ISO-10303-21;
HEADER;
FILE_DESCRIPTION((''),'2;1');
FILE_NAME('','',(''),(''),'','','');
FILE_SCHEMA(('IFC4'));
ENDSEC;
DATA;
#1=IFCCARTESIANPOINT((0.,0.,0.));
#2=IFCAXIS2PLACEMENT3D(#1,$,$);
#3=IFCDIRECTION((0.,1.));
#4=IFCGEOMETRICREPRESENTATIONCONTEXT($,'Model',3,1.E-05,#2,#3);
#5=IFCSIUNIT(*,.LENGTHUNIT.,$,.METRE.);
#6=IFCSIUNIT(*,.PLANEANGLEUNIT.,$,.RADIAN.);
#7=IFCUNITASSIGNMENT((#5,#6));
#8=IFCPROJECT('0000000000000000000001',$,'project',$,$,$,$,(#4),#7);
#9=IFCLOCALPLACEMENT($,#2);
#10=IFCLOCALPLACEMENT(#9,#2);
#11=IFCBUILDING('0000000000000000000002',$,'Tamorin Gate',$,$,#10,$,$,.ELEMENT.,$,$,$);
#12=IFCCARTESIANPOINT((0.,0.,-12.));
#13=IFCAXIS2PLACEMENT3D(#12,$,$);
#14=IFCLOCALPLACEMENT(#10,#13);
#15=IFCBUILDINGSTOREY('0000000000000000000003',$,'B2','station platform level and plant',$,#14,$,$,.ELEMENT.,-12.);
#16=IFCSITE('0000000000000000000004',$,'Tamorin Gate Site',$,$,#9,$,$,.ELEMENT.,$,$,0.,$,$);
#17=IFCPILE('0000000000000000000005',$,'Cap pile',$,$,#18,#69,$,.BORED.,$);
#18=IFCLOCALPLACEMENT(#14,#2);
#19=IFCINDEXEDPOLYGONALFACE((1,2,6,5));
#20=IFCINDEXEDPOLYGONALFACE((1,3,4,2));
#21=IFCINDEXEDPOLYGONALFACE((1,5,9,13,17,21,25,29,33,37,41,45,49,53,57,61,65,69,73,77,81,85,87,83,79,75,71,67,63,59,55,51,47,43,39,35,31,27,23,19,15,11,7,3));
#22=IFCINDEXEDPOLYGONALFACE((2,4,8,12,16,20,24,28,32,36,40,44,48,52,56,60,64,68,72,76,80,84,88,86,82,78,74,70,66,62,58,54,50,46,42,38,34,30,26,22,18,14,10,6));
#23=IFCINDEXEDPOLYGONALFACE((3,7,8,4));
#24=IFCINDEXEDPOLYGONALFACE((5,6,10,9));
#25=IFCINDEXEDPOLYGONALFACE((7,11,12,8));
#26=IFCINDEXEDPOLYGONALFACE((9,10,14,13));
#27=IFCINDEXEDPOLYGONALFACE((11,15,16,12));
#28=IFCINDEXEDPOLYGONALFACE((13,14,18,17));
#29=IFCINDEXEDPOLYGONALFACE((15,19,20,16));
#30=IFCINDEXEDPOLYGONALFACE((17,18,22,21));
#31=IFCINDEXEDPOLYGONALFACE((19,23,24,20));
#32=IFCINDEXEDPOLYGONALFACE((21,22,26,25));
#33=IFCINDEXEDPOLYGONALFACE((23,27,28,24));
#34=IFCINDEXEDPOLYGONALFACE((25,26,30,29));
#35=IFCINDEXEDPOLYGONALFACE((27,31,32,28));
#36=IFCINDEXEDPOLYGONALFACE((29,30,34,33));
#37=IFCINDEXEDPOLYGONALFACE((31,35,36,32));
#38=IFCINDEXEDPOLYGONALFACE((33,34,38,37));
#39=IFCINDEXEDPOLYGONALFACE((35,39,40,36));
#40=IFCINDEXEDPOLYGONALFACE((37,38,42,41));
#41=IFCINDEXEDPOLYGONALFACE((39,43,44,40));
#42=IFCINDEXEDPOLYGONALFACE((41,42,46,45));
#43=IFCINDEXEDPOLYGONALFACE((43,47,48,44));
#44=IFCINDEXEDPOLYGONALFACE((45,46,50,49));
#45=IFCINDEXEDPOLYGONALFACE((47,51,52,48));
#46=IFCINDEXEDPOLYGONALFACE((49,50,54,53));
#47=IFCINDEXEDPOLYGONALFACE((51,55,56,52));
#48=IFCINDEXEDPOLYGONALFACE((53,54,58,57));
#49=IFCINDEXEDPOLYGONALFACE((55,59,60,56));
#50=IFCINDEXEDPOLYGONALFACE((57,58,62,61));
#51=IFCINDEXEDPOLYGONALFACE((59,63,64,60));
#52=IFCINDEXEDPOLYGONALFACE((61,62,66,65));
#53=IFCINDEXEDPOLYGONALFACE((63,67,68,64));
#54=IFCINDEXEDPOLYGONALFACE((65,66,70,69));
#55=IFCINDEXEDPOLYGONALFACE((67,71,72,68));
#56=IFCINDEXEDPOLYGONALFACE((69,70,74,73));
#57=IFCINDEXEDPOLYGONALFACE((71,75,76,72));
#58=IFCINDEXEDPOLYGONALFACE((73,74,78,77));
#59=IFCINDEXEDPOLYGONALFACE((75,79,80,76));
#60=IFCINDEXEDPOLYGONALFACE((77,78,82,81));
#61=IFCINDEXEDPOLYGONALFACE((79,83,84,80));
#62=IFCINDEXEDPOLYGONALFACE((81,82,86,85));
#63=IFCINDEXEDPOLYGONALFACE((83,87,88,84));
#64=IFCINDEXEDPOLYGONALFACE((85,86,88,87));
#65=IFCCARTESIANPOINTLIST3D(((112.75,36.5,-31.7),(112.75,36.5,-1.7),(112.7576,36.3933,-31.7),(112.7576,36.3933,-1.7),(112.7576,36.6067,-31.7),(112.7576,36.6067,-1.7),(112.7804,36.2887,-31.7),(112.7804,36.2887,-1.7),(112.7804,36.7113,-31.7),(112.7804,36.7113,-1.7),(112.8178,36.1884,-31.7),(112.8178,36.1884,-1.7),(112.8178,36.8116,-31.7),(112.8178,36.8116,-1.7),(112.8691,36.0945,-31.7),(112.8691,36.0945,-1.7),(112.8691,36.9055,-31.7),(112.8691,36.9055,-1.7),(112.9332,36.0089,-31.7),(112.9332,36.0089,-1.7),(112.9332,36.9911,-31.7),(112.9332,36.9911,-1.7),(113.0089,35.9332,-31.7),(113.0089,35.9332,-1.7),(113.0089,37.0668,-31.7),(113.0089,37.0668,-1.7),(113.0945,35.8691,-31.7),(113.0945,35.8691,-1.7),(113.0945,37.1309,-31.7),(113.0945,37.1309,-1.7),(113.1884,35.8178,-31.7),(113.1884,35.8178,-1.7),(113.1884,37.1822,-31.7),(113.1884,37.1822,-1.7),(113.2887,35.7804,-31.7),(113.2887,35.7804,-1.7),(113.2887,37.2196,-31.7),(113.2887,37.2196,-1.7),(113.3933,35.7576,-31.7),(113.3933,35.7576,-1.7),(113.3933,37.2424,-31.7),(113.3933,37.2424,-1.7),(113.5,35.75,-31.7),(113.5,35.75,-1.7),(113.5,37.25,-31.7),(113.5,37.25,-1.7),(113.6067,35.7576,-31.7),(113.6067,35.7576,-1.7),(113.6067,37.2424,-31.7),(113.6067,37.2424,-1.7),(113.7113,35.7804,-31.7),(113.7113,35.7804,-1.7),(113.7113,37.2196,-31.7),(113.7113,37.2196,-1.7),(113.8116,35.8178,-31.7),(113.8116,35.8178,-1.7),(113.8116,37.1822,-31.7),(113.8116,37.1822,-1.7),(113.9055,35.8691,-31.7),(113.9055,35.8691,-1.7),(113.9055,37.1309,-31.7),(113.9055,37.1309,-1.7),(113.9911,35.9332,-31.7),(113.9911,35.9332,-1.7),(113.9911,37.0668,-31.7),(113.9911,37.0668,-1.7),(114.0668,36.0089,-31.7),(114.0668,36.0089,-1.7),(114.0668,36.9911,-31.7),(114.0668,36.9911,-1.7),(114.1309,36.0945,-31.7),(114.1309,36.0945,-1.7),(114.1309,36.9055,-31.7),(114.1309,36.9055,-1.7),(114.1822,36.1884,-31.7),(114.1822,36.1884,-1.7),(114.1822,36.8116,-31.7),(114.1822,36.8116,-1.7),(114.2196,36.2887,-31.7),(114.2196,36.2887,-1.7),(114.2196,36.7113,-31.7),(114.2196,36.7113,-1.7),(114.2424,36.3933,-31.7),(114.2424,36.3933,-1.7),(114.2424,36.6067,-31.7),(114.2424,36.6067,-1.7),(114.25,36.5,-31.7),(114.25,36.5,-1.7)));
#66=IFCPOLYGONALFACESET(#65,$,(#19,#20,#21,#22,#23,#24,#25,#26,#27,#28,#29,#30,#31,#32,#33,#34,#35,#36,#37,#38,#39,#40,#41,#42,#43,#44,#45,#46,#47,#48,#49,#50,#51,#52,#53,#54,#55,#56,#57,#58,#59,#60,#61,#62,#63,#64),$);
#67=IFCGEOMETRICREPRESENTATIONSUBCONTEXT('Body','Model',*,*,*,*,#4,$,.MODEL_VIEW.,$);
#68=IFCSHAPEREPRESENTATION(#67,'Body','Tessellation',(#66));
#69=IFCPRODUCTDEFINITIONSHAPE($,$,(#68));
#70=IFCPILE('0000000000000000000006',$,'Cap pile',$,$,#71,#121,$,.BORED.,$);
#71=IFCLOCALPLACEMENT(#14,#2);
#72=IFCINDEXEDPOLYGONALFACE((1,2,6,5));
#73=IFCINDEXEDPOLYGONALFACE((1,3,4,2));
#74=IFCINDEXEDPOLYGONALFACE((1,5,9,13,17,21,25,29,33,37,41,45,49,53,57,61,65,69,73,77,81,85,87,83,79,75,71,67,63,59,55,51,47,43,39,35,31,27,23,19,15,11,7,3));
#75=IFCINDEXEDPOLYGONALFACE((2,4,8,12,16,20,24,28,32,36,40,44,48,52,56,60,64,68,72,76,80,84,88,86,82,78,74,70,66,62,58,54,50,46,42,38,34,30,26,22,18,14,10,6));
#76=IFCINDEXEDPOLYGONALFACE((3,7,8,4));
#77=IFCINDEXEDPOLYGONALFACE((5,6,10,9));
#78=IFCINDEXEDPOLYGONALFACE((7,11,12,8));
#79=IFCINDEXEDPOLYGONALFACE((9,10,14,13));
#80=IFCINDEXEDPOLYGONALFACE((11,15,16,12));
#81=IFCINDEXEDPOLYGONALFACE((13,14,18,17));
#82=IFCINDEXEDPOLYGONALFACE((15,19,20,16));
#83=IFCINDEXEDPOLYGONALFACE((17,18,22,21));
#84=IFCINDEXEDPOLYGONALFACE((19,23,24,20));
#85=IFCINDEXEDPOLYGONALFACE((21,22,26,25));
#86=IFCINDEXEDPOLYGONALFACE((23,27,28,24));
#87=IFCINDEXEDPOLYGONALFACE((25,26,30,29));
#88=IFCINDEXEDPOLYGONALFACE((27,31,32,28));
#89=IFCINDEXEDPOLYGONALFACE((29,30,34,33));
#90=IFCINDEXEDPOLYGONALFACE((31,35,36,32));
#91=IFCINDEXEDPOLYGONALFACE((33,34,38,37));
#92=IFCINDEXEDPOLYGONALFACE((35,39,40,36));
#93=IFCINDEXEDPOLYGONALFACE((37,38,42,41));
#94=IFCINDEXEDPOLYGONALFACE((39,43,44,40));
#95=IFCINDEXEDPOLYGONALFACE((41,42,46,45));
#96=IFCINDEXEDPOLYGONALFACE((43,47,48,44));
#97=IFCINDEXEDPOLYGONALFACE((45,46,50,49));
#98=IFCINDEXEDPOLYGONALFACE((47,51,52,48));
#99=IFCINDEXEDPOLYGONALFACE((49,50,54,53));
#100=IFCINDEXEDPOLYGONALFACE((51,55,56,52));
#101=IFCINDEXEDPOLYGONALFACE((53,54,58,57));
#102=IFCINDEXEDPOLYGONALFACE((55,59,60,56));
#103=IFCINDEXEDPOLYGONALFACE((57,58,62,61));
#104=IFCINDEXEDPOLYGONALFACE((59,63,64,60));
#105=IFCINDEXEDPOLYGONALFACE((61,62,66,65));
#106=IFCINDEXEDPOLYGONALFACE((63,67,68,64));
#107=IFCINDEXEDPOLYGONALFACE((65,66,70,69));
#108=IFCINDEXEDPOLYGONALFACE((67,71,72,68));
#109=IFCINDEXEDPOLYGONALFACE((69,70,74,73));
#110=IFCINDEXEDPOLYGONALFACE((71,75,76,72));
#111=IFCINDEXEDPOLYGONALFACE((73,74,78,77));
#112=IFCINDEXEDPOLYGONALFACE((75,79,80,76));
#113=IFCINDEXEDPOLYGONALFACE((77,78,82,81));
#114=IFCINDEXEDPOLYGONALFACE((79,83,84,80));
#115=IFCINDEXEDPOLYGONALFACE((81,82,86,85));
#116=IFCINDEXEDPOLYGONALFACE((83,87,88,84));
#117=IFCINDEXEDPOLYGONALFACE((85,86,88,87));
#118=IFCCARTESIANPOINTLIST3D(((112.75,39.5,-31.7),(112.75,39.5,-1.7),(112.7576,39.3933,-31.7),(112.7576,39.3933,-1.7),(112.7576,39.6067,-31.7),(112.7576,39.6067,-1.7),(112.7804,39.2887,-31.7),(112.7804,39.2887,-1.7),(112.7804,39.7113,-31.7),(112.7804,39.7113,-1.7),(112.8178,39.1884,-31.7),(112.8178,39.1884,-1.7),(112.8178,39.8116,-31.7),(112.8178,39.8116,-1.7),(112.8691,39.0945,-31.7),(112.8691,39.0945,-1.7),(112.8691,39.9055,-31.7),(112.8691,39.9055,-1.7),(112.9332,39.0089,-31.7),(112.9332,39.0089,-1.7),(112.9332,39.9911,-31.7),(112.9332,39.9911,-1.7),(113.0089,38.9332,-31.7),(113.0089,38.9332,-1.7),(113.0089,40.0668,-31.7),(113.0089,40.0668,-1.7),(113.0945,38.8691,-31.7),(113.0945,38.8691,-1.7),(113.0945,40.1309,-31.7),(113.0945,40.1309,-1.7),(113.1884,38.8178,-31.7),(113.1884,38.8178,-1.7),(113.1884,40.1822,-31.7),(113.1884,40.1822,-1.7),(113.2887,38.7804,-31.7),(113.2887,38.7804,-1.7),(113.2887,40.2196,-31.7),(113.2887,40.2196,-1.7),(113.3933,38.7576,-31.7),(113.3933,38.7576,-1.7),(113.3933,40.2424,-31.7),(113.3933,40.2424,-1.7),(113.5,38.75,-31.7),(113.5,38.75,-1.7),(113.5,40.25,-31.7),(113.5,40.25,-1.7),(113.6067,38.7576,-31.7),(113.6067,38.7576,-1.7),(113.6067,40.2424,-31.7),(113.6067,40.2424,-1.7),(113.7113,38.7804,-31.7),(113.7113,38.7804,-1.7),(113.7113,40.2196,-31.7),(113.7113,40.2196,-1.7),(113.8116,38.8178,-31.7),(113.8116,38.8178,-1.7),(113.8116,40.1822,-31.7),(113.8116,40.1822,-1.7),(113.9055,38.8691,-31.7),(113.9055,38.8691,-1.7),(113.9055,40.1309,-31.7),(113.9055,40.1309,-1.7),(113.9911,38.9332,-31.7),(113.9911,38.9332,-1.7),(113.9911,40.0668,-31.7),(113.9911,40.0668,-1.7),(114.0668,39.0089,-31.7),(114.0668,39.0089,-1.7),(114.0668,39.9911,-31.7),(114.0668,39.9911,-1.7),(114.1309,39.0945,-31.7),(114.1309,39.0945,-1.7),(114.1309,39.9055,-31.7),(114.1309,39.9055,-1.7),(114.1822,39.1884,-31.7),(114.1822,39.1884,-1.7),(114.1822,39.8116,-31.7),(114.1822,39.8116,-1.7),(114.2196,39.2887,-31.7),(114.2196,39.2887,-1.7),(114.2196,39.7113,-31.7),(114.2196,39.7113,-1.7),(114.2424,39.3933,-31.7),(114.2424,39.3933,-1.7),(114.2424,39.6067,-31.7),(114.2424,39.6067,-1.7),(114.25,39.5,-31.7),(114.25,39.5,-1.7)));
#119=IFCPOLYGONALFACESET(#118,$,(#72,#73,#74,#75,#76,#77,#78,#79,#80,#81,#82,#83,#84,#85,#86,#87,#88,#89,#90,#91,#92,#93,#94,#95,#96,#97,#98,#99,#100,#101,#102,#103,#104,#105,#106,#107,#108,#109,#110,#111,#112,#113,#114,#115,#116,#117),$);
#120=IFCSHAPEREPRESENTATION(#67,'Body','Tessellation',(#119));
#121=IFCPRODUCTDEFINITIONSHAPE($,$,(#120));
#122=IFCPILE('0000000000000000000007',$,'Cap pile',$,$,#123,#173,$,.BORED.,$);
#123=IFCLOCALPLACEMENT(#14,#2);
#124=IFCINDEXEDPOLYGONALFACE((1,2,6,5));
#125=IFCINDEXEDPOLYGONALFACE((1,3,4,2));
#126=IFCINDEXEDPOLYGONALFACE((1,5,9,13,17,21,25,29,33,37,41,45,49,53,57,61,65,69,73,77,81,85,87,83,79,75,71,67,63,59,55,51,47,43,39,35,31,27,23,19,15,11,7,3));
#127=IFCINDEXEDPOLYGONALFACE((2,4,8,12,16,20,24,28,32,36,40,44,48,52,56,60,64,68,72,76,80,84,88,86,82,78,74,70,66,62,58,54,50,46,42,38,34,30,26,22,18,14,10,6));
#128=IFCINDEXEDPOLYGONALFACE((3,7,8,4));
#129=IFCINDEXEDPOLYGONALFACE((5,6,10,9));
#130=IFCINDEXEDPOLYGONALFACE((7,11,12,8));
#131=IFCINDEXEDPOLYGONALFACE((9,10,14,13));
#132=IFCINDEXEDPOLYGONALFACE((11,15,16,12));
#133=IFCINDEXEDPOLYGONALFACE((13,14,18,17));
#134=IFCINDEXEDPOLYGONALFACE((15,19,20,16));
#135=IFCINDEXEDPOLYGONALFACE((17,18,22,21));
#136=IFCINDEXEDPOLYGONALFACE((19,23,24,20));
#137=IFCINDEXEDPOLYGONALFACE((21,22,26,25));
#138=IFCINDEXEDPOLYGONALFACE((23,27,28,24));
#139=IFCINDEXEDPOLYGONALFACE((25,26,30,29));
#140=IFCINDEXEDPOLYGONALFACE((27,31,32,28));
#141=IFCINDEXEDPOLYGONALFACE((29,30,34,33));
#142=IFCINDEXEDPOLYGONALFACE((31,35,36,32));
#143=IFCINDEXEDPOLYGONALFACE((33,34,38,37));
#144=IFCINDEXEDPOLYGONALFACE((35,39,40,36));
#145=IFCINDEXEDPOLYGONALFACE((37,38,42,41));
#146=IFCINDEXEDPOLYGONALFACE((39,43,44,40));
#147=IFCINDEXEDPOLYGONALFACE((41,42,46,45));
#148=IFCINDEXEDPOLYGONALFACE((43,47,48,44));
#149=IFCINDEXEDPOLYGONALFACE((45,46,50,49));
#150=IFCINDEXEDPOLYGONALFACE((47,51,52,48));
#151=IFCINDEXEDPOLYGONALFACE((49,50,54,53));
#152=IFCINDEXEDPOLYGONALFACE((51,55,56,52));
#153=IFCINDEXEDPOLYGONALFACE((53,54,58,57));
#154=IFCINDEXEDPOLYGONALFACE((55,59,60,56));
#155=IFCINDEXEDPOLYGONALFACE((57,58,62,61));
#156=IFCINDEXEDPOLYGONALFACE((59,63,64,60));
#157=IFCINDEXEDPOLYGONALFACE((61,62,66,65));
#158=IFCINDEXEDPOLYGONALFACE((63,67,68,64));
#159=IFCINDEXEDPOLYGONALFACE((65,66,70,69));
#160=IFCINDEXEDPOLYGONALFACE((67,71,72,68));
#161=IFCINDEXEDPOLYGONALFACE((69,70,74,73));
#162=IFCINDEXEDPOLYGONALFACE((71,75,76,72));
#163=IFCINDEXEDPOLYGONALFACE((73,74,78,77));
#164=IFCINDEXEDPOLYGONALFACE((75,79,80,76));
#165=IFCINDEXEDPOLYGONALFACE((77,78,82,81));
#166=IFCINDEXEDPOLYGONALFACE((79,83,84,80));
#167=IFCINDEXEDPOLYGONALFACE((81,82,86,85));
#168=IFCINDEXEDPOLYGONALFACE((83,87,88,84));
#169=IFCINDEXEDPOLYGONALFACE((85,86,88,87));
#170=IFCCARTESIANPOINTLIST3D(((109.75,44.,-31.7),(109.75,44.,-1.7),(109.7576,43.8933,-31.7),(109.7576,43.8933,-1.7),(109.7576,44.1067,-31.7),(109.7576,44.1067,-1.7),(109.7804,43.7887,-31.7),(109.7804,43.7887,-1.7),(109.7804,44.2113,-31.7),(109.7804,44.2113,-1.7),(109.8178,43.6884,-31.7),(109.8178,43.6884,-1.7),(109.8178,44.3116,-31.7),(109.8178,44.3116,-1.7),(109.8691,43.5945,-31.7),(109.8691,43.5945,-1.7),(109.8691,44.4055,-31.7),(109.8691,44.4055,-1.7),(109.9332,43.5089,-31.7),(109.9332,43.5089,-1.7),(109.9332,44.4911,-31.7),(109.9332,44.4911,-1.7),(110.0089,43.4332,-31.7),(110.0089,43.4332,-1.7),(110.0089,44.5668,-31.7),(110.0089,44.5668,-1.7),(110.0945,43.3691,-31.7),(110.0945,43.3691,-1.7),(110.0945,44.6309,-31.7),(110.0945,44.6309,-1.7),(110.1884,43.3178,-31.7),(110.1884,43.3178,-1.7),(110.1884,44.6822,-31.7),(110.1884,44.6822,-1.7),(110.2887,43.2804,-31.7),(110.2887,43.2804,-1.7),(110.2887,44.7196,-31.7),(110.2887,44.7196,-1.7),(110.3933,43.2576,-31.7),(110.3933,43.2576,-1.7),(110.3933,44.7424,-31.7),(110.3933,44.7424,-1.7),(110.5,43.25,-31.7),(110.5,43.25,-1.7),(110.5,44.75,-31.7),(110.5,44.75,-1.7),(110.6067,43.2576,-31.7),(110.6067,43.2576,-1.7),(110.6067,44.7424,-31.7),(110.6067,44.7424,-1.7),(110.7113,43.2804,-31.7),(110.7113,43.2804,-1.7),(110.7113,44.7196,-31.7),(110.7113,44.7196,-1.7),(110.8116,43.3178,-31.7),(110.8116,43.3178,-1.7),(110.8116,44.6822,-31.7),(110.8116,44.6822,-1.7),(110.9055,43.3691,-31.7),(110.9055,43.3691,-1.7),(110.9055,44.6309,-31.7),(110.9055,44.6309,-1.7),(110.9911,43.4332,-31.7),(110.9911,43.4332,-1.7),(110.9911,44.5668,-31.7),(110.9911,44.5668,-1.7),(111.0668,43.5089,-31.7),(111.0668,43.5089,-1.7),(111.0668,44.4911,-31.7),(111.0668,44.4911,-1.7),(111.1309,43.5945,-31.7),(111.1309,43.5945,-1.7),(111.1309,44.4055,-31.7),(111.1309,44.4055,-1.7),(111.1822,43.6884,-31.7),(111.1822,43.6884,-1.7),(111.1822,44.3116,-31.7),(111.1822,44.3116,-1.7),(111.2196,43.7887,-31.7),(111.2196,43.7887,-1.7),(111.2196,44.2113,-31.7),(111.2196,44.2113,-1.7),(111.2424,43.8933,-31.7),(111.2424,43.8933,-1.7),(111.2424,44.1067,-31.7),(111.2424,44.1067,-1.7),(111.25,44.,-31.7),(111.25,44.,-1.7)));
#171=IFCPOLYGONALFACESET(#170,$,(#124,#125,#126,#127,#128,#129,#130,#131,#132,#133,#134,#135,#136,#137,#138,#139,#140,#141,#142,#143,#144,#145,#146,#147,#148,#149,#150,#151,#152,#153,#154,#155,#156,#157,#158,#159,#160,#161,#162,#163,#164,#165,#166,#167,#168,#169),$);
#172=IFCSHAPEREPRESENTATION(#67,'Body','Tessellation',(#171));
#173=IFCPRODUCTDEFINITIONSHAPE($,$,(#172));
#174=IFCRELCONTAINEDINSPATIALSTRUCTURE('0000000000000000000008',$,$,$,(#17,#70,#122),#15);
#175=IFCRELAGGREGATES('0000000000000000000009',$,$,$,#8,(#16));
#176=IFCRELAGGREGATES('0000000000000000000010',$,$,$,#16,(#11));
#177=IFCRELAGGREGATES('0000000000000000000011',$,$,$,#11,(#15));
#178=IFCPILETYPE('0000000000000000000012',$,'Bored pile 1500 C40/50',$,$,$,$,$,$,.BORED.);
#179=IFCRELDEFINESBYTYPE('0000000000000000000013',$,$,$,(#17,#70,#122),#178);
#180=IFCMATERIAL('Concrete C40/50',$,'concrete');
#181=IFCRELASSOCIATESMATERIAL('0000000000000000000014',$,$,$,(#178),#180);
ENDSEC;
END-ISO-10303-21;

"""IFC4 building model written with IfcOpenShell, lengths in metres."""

from ifc_helpers import new_model, si_unit, direction, frame, origin, origin_2d, place, context, subcontext, project, spatial, circle, extrude, material, material_profile, profile_set, type_object, element, save


model = new_model("IFC4")

# Units and contexts
model_context = context("Model", 3, precision=1e-05, world=origin(), true_north=direction((0.0, 1.0)))
body_context = subcontext(model_context, "Body", "Model", "MODEL_VIEW")
ifc_project = project(units=[si_unit("LENGTHUNIT", "METRE"), si_unit("PLANEANGLEUNIT", "RADIAN")], contexts=[model_context])

# Site, building, storey
site_placement = place(None, origin())
site = spatial("IfcSite", under=ifc_project, at=site_placement, Name="Tamorin Gate Site", CompositionType="ELEMENT", RefElevation=0.0)
building_placement = place(site_placement, origin())
building = spatial("IfcBuilding", under=site, at=building_placement, Name="Tamorin Gate", CompositionType="ELEMENT")
storey_placement = place(building_placement, frame((0.0, 0.0, -12.0)))
storey = spatial("IfcBuildingStorey", under=building, at=storey_placement, Name="B2", Description="station platform level and plant", CompositionType="ELEMENT", Elevation=-12.0)

# Piles
ifc_material_1 = material(Name="Concrete C40/50", Category="concrete")
ifc_material_profile_1 = material_profile(ifc_material_1, circle(Radius=0.75, at=origin_2d()))
ifc_profile_set_1 = profile_set([ifc_material_profile_1], Name="Concrete C40/50")
pile_type = type_object("IfcPileType", Name="Bored pile 1500 C40/50", PredefinedType="BORED", material=ifc_profile_set_1)
for number, where, z_axis, x_axis, name in (
    (1, (113.5, 36.5, -1.7), (0.0, 0.0, -1.0), (1.0, 0.0, 0.0), "Cap pile"),
    (2, (113.5, 39.5, -1.7), (0.0, 0.0, -1.0), (1.0, 0.0, 0.0), "Cap pile"),
    (3, (110.5, 44.0, -1.7), (0.0, 0.0, -1.0), (1.0, 0.0, 0.0), "Cap pile"),
):
    element("IfcPile", number, at=place(storey_placement, frame(where, z_axis=z_axis, x_axis=x_axis)), inside=storey, type_object=pile_type, Name=name, PredefinedType="BORED", context=body_context, shape_type="SweptSolid", body=[
        extrude(circle(Radius=0.75, at=origin_2d()), origin(), (0.0, 0.0, 1.0), 30.0),
    ])

save(model, "model.ifc")
